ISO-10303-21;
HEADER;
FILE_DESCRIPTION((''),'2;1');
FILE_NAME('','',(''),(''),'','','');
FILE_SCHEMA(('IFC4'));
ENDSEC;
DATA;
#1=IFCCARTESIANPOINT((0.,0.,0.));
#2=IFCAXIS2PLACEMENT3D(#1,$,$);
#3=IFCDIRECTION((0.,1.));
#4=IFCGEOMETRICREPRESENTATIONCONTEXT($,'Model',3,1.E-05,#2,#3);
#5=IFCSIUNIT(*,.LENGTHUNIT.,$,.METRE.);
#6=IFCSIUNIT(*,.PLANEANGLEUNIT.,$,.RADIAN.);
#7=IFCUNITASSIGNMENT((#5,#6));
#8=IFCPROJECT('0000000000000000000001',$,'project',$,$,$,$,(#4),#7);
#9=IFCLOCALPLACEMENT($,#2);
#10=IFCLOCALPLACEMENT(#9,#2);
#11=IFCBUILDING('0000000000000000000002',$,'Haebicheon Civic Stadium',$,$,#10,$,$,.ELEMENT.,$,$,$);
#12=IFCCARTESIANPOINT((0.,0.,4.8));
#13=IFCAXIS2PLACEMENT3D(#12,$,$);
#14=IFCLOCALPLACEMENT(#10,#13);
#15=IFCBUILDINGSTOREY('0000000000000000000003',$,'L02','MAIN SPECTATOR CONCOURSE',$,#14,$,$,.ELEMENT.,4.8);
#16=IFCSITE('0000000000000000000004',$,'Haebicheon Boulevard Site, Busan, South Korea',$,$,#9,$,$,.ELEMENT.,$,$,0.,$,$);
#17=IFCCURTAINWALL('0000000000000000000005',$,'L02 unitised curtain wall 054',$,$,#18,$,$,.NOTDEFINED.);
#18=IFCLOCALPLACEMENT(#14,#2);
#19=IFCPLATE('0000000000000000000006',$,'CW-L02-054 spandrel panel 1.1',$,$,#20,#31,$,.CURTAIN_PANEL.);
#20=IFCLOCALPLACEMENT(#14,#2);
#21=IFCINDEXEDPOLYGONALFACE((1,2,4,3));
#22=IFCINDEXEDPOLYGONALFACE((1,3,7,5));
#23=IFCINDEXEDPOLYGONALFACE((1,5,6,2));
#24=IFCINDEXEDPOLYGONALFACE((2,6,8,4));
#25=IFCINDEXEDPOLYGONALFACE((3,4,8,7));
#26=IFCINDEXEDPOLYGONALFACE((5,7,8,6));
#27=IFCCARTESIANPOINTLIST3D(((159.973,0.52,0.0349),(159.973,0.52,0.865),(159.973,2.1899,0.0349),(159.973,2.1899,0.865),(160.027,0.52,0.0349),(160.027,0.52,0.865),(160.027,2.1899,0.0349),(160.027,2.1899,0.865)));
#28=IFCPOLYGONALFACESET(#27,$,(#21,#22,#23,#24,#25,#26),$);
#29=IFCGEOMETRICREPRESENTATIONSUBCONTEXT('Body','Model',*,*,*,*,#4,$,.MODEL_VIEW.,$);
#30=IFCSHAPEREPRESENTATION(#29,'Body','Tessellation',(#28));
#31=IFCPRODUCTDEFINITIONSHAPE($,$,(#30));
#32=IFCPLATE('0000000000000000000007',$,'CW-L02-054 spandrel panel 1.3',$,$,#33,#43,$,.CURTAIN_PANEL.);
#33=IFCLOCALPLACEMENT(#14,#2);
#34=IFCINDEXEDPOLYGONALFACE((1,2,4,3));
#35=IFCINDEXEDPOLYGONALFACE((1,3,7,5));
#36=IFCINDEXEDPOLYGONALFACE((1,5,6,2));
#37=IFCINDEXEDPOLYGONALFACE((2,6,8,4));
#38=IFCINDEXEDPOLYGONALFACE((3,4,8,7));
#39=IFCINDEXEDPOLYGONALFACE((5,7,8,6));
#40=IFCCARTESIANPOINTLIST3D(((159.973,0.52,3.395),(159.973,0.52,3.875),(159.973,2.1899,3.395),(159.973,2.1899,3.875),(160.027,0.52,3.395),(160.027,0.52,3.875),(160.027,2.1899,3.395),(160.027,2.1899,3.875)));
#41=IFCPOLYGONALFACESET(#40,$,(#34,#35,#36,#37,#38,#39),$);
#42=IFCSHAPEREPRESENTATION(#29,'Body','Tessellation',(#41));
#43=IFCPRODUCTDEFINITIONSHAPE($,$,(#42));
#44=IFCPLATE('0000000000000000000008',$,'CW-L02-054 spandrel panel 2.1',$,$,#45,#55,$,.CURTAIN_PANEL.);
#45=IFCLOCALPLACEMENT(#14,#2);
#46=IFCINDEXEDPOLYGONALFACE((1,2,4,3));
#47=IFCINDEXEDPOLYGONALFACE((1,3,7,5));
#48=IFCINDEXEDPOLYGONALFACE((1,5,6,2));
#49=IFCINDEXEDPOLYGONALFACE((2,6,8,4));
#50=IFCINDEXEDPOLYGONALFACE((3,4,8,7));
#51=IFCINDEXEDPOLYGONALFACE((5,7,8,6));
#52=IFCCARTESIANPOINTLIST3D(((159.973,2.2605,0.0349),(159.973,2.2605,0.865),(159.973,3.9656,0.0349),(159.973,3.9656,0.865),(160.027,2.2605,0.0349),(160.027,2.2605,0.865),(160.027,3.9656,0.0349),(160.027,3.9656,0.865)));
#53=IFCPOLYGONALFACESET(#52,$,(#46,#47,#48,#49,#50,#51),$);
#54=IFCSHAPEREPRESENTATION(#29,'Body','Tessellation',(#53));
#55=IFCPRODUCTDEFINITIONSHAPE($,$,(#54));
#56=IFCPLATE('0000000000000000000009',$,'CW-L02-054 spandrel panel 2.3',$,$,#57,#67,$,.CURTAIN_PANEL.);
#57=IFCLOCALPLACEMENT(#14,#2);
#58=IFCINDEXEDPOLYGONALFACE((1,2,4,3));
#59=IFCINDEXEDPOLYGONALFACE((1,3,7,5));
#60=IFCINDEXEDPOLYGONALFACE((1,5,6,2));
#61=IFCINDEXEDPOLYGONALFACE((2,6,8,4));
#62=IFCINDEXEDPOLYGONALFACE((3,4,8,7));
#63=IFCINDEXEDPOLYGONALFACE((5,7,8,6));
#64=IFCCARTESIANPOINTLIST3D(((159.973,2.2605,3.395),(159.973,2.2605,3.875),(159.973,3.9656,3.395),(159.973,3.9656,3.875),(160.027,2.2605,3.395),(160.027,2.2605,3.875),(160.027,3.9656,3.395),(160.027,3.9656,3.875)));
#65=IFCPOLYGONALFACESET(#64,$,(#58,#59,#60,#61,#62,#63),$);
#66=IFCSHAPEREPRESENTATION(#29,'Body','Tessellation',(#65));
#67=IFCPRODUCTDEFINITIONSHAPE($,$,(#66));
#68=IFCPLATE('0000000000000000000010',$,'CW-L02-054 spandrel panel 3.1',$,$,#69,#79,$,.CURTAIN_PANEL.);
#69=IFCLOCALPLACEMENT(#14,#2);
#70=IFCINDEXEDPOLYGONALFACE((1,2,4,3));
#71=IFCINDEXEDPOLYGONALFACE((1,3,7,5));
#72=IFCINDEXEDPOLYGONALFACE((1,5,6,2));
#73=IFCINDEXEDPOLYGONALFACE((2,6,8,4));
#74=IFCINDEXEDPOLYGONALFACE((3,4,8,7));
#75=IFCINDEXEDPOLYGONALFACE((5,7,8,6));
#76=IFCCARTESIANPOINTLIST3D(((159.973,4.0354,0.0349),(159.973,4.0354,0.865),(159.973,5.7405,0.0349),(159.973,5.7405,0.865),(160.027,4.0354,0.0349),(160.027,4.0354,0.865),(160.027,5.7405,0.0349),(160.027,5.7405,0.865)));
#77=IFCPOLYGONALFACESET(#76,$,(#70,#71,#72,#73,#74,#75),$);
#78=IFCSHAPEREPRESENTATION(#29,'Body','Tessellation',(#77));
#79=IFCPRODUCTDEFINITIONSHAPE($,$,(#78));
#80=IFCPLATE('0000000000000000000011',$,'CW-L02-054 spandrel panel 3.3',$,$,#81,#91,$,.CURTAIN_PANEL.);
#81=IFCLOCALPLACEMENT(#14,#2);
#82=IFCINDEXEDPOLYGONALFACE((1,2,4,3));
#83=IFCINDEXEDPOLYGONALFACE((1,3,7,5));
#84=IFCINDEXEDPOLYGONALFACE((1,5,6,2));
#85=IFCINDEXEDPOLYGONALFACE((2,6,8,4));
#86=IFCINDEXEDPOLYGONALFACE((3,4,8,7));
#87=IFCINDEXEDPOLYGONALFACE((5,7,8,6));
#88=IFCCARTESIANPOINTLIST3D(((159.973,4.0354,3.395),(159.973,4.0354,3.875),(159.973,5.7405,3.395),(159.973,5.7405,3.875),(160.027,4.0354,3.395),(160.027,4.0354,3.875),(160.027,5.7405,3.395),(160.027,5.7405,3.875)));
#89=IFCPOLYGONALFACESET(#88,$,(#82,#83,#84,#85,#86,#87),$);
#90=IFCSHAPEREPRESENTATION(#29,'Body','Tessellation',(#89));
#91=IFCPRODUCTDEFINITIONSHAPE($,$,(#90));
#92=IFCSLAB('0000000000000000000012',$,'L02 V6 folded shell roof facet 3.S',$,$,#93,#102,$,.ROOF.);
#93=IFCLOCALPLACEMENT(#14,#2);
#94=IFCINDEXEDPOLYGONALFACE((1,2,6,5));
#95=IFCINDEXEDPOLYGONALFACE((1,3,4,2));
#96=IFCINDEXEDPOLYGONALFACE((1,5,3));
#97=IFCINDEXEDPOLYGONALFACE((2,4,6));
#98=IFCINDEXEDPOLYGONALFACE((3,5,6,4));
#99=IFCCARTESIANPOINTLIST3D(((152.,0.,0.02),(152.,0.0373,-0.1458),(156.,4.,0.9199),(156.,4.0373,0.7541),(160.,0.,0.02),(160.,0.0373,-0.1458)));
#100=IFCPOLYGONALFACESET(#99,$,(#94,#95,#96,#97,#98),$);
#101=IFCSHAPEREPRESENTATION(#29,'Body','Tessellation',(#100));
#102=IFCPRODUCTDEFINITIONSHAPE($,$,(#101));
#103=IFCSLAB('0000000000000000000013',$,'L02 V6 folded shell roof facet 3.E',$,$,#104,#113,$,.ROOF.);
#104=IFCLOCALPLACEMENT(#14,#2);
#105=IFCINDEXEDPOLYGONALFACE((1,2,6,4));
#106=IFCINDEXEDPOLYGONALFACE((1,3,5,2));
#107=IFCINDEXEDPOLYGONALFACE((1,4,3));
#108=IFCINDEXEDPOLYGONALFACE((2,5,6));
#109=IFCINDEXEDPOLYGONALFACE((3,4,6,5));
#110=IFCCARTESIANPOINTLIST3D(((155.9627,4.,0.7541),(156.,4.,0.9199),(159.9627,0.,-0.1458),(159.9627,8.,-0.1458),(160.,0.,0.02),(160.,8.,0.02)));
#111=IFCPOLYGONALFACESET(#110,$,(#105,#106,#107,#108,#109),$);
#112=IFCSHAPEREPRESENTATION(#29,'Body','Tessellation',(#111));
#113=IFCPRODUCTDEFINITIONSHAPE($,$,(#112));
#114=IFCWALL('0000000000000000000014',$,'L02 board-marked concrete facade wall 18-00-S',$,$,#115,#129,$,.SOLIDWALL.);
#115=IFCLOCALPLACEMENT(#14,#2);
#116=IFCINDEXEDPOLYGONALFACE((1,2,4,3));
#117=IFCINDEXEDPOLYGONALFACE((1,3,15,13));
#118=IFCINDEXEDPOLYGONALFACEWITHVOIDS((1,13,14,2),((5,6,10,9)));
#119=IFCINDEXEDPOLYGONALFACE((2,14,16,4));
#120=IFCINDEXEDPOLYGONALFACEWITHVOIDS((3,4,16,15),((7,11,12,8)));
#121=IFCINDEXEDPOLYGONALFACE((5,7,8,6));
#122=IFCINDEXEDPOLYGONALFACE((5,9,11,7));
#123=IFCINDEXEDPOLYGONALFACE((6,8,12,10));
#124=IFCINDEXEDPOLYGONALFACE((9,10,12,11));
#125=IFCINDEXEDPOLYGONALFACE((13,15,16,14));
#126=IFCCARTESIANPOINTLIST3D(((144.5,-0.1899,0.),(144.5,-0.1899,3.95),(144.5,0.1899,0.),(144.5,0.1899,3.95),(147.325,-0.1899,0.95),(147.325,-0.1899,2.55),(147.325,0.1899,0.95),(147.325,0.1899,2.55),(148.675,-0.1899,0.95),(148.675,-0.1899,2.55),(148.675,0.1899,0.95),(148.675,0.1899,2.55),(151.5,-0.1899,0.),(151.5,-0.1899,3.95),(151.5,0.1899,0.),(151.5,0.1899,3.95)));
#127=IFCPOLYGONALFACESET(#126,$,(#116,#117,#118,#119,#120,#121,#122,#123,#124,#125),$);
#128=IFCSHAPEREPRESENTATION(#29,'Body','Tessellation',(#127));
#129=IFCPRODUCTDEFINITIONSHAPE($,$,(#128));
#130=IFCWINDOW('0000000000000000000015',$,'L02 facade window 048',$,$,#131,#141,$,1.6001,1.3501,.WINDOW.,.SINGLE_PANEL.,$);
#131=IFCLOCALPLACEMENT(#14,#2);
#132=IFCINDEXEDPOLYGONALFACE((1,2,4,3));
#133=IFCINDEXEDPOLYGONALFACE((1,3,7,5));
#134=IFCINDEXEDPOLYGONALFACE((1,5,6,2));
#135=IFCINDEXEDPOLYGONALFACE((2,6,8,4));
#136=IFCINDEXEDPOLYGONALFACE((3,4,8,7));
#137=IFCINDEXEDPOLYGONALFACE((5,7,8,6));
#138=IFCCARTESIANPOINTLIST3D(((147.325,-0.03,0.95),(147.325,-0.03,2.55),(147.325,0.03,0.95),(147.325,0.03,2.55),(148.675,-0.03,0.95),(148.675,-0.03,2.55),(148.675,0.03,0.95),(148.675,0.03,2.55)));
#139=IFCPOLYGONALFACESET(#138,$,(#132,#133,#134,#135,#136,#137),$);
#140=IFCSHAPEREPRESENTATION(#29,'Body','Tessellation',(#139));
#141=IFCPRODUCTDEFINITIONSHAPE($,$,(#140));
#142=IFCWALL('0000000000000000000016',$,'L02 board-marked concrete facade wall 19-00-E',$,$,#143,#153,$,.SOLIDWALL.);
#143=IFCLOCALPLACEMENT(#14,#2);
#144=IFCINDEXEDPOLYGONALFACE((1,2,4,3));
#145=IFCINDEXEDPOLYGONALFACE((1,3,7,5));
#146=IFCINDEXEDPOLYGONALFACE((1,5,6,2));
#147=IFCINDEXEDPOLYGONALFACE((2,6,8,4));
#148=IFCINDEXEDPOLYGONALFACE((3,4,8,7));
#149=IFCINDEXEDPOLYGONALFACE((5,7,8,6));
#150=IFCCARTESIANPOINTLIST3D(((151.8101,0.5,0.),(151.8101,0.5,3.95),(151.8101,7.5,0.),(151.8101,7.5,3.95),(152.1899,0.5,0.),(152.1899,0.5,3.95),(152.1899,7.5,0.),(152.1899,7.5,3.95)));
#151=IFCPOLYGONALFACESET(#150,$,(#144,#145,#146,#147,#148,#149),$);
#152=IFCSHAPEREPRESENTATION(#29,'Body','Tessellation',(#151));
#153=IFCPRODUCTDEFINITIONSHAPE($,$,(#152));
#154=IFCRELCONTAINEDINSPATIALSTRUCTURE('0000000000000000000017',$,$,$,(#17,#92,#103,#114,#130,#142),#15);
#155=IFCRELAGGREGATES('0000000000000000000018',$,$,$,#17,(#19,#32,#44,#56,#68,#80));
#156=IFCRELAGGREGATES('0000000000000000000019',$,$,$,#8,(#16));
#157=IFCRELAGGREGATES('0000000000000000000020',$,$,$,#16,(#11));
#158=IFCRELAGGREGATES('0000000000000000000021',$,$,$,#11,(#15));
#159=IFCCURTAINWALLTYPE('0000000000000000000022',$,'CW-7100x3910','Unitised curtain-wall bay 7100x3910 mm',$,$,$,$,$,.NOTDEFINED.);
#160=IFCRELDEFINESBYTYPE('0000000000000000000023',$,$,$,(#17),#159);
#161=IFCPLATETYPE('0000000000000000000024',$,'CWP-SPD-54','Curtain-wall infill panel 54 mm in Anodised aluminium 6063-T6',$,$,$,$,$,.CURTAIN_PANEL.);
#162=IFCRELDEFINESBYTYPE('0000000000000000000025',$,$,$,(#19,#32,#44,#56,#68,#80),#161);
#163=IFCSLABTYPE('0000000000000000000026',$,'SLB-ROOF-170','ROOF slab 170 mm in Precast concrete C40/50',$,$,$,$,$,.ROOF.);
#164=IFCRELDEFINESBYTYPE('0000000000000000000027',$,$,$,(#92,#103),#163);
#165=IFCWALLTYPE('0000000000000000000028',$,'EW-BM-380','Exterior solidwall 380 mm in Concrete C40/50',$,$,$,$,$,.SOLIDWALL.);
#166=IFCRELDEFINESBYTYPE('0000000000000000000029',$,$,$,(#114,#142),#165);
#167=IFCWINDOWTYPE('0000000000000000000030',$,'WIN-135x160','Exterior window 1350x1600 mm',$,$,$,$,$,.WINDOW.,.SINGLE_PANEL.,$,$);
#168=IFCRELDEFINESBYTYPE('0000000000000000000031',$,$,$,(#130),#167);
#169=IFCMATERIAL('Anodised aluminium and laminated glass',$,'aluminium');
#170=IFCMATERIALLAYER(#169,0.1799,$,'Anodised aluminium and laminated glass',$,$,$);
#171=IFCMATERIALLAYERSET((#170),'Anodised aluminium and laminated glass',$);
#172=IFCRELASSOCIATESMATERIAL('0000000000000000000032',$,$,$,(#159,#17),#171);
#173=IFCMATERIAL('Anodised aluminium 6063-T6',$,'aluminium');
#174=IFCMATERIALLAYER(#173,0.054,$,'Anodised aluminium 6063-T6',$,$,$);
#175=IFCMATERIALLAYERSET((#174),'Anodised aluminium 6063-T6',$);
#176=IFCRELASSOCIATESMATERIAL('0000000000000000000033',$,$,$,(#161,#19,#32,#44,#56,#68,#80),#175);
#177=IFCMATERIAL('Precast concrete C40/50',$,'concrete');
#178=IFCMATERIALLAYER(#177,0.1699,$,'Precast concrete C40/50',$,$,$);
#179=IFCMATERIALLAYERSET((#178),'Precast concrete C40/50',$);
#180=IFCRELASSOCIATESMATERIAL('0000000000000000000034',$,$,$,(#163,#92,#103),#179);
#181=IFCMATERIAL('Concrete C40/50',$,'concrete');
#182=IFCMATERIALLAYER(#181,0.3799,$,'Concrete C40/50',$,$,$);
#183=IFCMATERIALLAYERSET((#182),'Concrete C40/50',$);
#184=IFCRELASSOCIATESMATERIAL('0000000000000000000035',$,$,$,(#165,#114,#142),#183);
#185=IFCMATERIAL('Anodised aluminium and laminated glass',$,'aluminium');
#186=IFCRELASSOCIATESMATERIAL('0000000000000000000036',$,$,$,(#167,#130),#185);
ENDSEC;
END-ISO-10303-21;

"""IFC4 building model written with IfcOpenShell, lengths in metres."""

from ifc_helpers import new_model, si_unit, direction, frame, frame_2d, origin, origin_2d, place, context, subcontext, project, spatial, polyline, rectangle, outline, extrude, material, layer, layer_set, type_object, element, fill, aggregate, save


model = new_model("IFC4")

# Units and contexts
model_context = context("Model", 3, precision=1e-05, world=origin(), true_north=direction((0.0, 1.0)))
body_context = subcontext(model_context, "Body", "Model", "MODEL_VIEW")
ifc_project = project(units=[si_unit("LENGTHUNIT", "METRE"), si_unit("PLANEANGLEUNIT", "RADIAN")], contexts=[model_context])

# Site, building, storey
site_placement = place(None, origin())
site = spatial("IfcSite", under=ifc_project, at=site_placement, Name="Haebicheon Boulevard Site, Busan, South Korea", CompositionType="ELEMENT", RefElevation=0.0)
building_placement = place(site_placement, origin())
building = spatial("IfcBuilding", under=site, at=building_placement, Name="Haebicheon Civic Stadium", CompositionType="ELEMENT")
storey_placement = place(building_placement, frame((0.0, 0.0, 4.8)))
storey = spatial("IfcBuildingStorey", under=building, at=storey_placement, Name="L02", Description="MAIN SPECTATOR CONCOURSE", CompositionType="ELEMENT", Elevation=4.8)

# Curtain wall
ifc_material_1 = material(Name="Anodised aluminium and laminated glass", Category="aluminium")
ifc_layer_1 = layer(ifc_material_1, 0.1799, Name="Anodised aluminium and laminated glass")
ifc_layer_set_1 = layer_set([ifc_layer_1], Name="Anodised aluminium and laminated glass")
curtain_wall_type = type_object("IfcCurtainWallType", Name="CW-7100x3910", Description="Unitised curtain-wall bay 7100x3910 mm", PredefinedType="NOTDEFINED", material=ifc_layer_set_1)
curtain_wall_placement = place(storey_placement, origin())
curtain_wall = element("IfcCurtainWall", 1, at=curtain_wall_placement, inside=storey, type_object=curtain_wall_type, material=ifc_layer_set_1, Name="L02 unitised curtain wall 054", PredefinedType="NOTDEFINED")

# Plates
ifc_material_2 = material(Name="Anodised aluminium 6063-T6", Category="aluminium")
ifc_layer_2 = layer(ifc_material_2, 0.054, Name="Anodised aluminium 6063-T6")
ifc_layer_set_2 = layer_set([ifc_layer_2], Name="Anodised aluminium 6063-T6")
plate_type_1 = type_object("IfcPlateType", Name="CWP-SPD-54", Description="Curtain-wall infill panel 54 mm in Anodised aluminium 6063-T6", PredefinedType="CURTAIN_PANEL", material=ifc_layer_set_2)
plate_1_placement = place(storey_placement, frame((160.0, 1.355, 0.0349), z_axis=(0.0, 0.0, 1.0), x_axis=(0.0, 1.0, 0.0)))
plate_1 = element("IfcPlate", 2, at=plate_1_placement, type_object=plate_type_1, material=ifc_layer_set_2, Name="CW-L02-054 spandrel panel 1.1", PredefinedType="CURTAIN_PANEL", context=body_context, shape_type="SweptSolid", body=[
    extrude(rectangle(XDim=1.6699, YDim=0.054, at=origin_2d()), origin(), (0.0, 0.0, 1.0), 0.8301),
])
plate_2_placement = place(storey_placement, frame((160.0, 1.355, 3.395), z_axis=(0.0, 0.0, 1.0), x_axis=(0.0, 1.0, 0.0)))
plate_2 = element("IfcPlate", 3, at=plate_2_placement, type_object=plate_type_1, material=ifc_layer_set_2, Name="CW-L02-054 spandrel panel 1.3", PredefinedType="CURTAIN_PANEL", context=body_context, shape_type="SweptSolid", body=[
    extrude(rectangle(XDim=1.6699, YDim=0.054, at=origin_2d()), origin(), (0.0, 0.0, 1.0), 0.48),
])
plate_3_placement = place(storey_placement, frame((160.0, 3.113, 0.0349), z_axis=(0.0, 0.0, 1.0), x_axis=(0.0, 1.0, 0.0)))
plate_3 = element("IfcPlate", 4, at=plate_3_placement, type_object=plate_type_1, material=ifc_layer_set_2, Name="CW-L02-054 spandrel panel 2.1", PredefinedType="CURTAIN_PANEL", context=body_context, shape_type="SweptSolid", body=[
    extrude(rectangle(XDim=1.7051, YDim=0.054, at=origin_2d()), origin(), (0.0, 0.0, 1.0), 0.8301),
])
plate_4_placement = place(storey_placement, frame((160.0, 3.113, 3.395), z_axis=(0.0, 0.0, 1.0), x_axis=(0.0, 1.0, 0.0)))
plate_4 = element("IfcPlate", 5, at=plate_4_placement, type_object=plate_type_1, material=ifc_layer_set_2, Name="CW-L02-054 spandrel panel 2.3", PredefinedType="CURTAIN_PANEL", context=body_context, shape_type="SweptSolid", body=[
    extrude(rectangle(XDim=1.7051, YDim=0.054, at=origin_2d()), origin(), (0.0, 0.0, 1.0), 0.48),
])
plate_5_placement = place(storey_placement, frame((160.0, 4.8879, 0.0349), z_axis=(0.0, 0.0, 1.0), x_axis=(0.0, 1.0, 0.0)))
plate_5 = element("IfcPlate", 6, at=plate_5_placement, type_object=plate_type_1, material=ifc_layer_set_2, Name="CW-L02-054 spandrel panel 3.1", PredefinedType="CURTAIN_PANEL", context=body_context, shape_type="SweptSolid", body=[
    extrude(rectangle(XDim=1.7051, YDim=0.054, at=origin_2d()), origin(), (0.0, 0.0, 1.0), 0.8301),
])
plate_6_placement = place(storey_placement, frame((160.0, 4.8879, 3.395), z_axis=(0.0, 0.0, 1.0), x_axis=(0.0, 1.0, 0.0)))
plate_6 = element("IfcPlate", 7, at=plate_6_placement, type_object=plate_type_1, material=ifc_layer_set_2, Name="CW-L02-054 spandrel panel 3.3", PredefinedType="CURTAIN_PANEL", context=body_context, shape_type="SweptSolid", body=[
    extrude(rectangle(XDim=1.7051, YDim=0.054, at=origin_2d()), origin(), (0.0, 0.0, 1.0), 0.48),
])
aggregate(curtain_wall, [plate_1, plate_2, plate_3, plate_4, plate_5, plate_6])

# Slabs
ifc_material_3 = material(Name="Precast concrete C40/50", Category="concrete")
ifc_layer_3 = layer(ifc_material_3, 0.1699, Name="Precast concrete C40/50")
ifc_layer_set_3 = layer_set([ifc_layer_3], Name="Precast concrete C40/50")
slab_type = type_object("IfcSlabType", Name="SLB-ROOF-170", Description="ROOF slab 170 mm in Precast concrete C40/50", PredefinedType="ROOF", material=ifc_layer_set_3)
for number, where, z_axis, x_axis, name in (
    (8, (152.0, 0.0, 0.02), (0.0, -0.21949, 0.975615), (1.0, 0.0, 0.0), "L02 V6 folded shell roof facet 3.S"),
    (9, (160.0, 0.0, 0.02), (0.21949, 0.0, 0.975615), (0.0, 1.0, 0.0), "L02 V6 folded shell roof facet 3.E"),
):
    element("IfcSlab", number, at=place(storey_placement, frame(where, z_axis=z_axis, x_axis=x_axis)), inside=storey, type_object=slab_type, material=ifc_layer_set_3, Name=name, PredefinedType="ROOF", context=body_context, shape_type="SweptSolid", body=[
        extrude(outline(polyline([(0.0, 0.0), (8.0, 0.0), (4.0, 4.1), (0.0, 0.0)])), origin(), (0.0, 0.0, -1.0), 0.1699),
    ])

# Wall, opening, window
ifc_material_4 = material(Name="Concrete C40/50", Category="concrete")
ifc_layer_4 = layer(ifc_material_4, 0.3799, Name="Concrete C40/50")
ifc_layer_set_4 = layer_set([ifc_layer_4], Name="Concrete C40/50")
wall_type = type_object("IfcWallType", Name="EW-BM-380", Description="Exterior solidwall 380 mm in Concrete C40/50", PredefinedType="SOLIDWALL", material=ifc_layer_set_4)
wall_1_placement = place(storey_placement, frame((144.5, 0.0, 0.0), z_axis=(0.0, 0.0, 1.0), x_axis=(1.0, 0.0, 0.0)))
wall_1 = element("IfcWall", 10, at=wall_1_placement, inside=storey, type_object=wall_type, material=ifc_layer_set_4, Name="L02 board-marked concrete facade wall 18-00-S", PredefinedType="SOLIDWALL", context=body_context, shape_type="SweptSolid", body=[
    extrude(rectangle(XDim=7.0, YDim=0.3799, at=frame_2d((3.5, 0.0))), origin(), (0.0, 0.0, 1.0), 3.95),
])
opening_placement = place(wall_1_placement, frame((2.825, 0.0, 0.95)))
opening = element("IfcOpeningElement", 11, at=opening_placement, cuts=wall_1, PredefinedType="OPENING", context=body_context, shape_type="SweptSolid", body=[
    extrude(rectangle(XDim=1.3501, YDim=1.6001, at=frame_2d((0.675, 0.8))), frame((0.0, 0.2, 0.0), z_axis=(0.0, -1.0, 0.0), x_axis=(1.0, 0.0, 0.0)), (0.0, 0.0, 1.0), 0.3999),
])
ifc_material_5 = material(Name="Anodised aluminium and laminated glass", Category="aluminium")
window_type = type_object("IfcWindowType", Name="WIN-135x160", Description="Exterior window 1350x1600 mm", PartitioningType="SINGLE_PANEL", PredefinedType="WINDOW", material=ifc_material_5)
window_placement = place(opening_placement, origin())
window = element("IfcWindow", 12, at=window_placement, inside=storey, type_object=window_type, material=ifc_material_5, Name="L02 facade window 048", OverallHeight=1.6001, OverallWidth=1.3501, PartitioningType="SINGLE_PANEL", PredefinedType="WINDOW", context=body_context, shape_type="SweptSolid", body=[
    extrude(rectangle(XDim=1.3501, YDim=1.6001, at=frame_2d((0.675, 0.8))), frame((0.0, 0.03, 0.0), z_axis=(0.0, -1.0, 0.0), x_axis=(1.0, 0.0, 0.0)), (0.0, 0.0, 1.0), 0.0601),
])
fill(opening, window)

# Wall
wall_2_placement = place(storey_placement, frame((152.0, 0.5, 0.0), z_axis=(0.0, 0.0, 1.0), x_axis=(0.0, 1.0, 0.0)))
element("IfcWall", 13, at=wall_2_placement, inside=storey, type_object=wall_type, material=ifc_layer_set_4, Name="L02 board-marked concrete facade wall 19-00-E", PredefinedType="SOLIDWALL", context=body_context, shape_type="SweptSolid", body=[
    extrude(rectangle(XDim=7.0, YDim=0.3799, at=frame_2d((3.5, 0.0))), origin(), (0.0, 0.0, 1.0), 3.95),
])

save(model, "model.ifc")
